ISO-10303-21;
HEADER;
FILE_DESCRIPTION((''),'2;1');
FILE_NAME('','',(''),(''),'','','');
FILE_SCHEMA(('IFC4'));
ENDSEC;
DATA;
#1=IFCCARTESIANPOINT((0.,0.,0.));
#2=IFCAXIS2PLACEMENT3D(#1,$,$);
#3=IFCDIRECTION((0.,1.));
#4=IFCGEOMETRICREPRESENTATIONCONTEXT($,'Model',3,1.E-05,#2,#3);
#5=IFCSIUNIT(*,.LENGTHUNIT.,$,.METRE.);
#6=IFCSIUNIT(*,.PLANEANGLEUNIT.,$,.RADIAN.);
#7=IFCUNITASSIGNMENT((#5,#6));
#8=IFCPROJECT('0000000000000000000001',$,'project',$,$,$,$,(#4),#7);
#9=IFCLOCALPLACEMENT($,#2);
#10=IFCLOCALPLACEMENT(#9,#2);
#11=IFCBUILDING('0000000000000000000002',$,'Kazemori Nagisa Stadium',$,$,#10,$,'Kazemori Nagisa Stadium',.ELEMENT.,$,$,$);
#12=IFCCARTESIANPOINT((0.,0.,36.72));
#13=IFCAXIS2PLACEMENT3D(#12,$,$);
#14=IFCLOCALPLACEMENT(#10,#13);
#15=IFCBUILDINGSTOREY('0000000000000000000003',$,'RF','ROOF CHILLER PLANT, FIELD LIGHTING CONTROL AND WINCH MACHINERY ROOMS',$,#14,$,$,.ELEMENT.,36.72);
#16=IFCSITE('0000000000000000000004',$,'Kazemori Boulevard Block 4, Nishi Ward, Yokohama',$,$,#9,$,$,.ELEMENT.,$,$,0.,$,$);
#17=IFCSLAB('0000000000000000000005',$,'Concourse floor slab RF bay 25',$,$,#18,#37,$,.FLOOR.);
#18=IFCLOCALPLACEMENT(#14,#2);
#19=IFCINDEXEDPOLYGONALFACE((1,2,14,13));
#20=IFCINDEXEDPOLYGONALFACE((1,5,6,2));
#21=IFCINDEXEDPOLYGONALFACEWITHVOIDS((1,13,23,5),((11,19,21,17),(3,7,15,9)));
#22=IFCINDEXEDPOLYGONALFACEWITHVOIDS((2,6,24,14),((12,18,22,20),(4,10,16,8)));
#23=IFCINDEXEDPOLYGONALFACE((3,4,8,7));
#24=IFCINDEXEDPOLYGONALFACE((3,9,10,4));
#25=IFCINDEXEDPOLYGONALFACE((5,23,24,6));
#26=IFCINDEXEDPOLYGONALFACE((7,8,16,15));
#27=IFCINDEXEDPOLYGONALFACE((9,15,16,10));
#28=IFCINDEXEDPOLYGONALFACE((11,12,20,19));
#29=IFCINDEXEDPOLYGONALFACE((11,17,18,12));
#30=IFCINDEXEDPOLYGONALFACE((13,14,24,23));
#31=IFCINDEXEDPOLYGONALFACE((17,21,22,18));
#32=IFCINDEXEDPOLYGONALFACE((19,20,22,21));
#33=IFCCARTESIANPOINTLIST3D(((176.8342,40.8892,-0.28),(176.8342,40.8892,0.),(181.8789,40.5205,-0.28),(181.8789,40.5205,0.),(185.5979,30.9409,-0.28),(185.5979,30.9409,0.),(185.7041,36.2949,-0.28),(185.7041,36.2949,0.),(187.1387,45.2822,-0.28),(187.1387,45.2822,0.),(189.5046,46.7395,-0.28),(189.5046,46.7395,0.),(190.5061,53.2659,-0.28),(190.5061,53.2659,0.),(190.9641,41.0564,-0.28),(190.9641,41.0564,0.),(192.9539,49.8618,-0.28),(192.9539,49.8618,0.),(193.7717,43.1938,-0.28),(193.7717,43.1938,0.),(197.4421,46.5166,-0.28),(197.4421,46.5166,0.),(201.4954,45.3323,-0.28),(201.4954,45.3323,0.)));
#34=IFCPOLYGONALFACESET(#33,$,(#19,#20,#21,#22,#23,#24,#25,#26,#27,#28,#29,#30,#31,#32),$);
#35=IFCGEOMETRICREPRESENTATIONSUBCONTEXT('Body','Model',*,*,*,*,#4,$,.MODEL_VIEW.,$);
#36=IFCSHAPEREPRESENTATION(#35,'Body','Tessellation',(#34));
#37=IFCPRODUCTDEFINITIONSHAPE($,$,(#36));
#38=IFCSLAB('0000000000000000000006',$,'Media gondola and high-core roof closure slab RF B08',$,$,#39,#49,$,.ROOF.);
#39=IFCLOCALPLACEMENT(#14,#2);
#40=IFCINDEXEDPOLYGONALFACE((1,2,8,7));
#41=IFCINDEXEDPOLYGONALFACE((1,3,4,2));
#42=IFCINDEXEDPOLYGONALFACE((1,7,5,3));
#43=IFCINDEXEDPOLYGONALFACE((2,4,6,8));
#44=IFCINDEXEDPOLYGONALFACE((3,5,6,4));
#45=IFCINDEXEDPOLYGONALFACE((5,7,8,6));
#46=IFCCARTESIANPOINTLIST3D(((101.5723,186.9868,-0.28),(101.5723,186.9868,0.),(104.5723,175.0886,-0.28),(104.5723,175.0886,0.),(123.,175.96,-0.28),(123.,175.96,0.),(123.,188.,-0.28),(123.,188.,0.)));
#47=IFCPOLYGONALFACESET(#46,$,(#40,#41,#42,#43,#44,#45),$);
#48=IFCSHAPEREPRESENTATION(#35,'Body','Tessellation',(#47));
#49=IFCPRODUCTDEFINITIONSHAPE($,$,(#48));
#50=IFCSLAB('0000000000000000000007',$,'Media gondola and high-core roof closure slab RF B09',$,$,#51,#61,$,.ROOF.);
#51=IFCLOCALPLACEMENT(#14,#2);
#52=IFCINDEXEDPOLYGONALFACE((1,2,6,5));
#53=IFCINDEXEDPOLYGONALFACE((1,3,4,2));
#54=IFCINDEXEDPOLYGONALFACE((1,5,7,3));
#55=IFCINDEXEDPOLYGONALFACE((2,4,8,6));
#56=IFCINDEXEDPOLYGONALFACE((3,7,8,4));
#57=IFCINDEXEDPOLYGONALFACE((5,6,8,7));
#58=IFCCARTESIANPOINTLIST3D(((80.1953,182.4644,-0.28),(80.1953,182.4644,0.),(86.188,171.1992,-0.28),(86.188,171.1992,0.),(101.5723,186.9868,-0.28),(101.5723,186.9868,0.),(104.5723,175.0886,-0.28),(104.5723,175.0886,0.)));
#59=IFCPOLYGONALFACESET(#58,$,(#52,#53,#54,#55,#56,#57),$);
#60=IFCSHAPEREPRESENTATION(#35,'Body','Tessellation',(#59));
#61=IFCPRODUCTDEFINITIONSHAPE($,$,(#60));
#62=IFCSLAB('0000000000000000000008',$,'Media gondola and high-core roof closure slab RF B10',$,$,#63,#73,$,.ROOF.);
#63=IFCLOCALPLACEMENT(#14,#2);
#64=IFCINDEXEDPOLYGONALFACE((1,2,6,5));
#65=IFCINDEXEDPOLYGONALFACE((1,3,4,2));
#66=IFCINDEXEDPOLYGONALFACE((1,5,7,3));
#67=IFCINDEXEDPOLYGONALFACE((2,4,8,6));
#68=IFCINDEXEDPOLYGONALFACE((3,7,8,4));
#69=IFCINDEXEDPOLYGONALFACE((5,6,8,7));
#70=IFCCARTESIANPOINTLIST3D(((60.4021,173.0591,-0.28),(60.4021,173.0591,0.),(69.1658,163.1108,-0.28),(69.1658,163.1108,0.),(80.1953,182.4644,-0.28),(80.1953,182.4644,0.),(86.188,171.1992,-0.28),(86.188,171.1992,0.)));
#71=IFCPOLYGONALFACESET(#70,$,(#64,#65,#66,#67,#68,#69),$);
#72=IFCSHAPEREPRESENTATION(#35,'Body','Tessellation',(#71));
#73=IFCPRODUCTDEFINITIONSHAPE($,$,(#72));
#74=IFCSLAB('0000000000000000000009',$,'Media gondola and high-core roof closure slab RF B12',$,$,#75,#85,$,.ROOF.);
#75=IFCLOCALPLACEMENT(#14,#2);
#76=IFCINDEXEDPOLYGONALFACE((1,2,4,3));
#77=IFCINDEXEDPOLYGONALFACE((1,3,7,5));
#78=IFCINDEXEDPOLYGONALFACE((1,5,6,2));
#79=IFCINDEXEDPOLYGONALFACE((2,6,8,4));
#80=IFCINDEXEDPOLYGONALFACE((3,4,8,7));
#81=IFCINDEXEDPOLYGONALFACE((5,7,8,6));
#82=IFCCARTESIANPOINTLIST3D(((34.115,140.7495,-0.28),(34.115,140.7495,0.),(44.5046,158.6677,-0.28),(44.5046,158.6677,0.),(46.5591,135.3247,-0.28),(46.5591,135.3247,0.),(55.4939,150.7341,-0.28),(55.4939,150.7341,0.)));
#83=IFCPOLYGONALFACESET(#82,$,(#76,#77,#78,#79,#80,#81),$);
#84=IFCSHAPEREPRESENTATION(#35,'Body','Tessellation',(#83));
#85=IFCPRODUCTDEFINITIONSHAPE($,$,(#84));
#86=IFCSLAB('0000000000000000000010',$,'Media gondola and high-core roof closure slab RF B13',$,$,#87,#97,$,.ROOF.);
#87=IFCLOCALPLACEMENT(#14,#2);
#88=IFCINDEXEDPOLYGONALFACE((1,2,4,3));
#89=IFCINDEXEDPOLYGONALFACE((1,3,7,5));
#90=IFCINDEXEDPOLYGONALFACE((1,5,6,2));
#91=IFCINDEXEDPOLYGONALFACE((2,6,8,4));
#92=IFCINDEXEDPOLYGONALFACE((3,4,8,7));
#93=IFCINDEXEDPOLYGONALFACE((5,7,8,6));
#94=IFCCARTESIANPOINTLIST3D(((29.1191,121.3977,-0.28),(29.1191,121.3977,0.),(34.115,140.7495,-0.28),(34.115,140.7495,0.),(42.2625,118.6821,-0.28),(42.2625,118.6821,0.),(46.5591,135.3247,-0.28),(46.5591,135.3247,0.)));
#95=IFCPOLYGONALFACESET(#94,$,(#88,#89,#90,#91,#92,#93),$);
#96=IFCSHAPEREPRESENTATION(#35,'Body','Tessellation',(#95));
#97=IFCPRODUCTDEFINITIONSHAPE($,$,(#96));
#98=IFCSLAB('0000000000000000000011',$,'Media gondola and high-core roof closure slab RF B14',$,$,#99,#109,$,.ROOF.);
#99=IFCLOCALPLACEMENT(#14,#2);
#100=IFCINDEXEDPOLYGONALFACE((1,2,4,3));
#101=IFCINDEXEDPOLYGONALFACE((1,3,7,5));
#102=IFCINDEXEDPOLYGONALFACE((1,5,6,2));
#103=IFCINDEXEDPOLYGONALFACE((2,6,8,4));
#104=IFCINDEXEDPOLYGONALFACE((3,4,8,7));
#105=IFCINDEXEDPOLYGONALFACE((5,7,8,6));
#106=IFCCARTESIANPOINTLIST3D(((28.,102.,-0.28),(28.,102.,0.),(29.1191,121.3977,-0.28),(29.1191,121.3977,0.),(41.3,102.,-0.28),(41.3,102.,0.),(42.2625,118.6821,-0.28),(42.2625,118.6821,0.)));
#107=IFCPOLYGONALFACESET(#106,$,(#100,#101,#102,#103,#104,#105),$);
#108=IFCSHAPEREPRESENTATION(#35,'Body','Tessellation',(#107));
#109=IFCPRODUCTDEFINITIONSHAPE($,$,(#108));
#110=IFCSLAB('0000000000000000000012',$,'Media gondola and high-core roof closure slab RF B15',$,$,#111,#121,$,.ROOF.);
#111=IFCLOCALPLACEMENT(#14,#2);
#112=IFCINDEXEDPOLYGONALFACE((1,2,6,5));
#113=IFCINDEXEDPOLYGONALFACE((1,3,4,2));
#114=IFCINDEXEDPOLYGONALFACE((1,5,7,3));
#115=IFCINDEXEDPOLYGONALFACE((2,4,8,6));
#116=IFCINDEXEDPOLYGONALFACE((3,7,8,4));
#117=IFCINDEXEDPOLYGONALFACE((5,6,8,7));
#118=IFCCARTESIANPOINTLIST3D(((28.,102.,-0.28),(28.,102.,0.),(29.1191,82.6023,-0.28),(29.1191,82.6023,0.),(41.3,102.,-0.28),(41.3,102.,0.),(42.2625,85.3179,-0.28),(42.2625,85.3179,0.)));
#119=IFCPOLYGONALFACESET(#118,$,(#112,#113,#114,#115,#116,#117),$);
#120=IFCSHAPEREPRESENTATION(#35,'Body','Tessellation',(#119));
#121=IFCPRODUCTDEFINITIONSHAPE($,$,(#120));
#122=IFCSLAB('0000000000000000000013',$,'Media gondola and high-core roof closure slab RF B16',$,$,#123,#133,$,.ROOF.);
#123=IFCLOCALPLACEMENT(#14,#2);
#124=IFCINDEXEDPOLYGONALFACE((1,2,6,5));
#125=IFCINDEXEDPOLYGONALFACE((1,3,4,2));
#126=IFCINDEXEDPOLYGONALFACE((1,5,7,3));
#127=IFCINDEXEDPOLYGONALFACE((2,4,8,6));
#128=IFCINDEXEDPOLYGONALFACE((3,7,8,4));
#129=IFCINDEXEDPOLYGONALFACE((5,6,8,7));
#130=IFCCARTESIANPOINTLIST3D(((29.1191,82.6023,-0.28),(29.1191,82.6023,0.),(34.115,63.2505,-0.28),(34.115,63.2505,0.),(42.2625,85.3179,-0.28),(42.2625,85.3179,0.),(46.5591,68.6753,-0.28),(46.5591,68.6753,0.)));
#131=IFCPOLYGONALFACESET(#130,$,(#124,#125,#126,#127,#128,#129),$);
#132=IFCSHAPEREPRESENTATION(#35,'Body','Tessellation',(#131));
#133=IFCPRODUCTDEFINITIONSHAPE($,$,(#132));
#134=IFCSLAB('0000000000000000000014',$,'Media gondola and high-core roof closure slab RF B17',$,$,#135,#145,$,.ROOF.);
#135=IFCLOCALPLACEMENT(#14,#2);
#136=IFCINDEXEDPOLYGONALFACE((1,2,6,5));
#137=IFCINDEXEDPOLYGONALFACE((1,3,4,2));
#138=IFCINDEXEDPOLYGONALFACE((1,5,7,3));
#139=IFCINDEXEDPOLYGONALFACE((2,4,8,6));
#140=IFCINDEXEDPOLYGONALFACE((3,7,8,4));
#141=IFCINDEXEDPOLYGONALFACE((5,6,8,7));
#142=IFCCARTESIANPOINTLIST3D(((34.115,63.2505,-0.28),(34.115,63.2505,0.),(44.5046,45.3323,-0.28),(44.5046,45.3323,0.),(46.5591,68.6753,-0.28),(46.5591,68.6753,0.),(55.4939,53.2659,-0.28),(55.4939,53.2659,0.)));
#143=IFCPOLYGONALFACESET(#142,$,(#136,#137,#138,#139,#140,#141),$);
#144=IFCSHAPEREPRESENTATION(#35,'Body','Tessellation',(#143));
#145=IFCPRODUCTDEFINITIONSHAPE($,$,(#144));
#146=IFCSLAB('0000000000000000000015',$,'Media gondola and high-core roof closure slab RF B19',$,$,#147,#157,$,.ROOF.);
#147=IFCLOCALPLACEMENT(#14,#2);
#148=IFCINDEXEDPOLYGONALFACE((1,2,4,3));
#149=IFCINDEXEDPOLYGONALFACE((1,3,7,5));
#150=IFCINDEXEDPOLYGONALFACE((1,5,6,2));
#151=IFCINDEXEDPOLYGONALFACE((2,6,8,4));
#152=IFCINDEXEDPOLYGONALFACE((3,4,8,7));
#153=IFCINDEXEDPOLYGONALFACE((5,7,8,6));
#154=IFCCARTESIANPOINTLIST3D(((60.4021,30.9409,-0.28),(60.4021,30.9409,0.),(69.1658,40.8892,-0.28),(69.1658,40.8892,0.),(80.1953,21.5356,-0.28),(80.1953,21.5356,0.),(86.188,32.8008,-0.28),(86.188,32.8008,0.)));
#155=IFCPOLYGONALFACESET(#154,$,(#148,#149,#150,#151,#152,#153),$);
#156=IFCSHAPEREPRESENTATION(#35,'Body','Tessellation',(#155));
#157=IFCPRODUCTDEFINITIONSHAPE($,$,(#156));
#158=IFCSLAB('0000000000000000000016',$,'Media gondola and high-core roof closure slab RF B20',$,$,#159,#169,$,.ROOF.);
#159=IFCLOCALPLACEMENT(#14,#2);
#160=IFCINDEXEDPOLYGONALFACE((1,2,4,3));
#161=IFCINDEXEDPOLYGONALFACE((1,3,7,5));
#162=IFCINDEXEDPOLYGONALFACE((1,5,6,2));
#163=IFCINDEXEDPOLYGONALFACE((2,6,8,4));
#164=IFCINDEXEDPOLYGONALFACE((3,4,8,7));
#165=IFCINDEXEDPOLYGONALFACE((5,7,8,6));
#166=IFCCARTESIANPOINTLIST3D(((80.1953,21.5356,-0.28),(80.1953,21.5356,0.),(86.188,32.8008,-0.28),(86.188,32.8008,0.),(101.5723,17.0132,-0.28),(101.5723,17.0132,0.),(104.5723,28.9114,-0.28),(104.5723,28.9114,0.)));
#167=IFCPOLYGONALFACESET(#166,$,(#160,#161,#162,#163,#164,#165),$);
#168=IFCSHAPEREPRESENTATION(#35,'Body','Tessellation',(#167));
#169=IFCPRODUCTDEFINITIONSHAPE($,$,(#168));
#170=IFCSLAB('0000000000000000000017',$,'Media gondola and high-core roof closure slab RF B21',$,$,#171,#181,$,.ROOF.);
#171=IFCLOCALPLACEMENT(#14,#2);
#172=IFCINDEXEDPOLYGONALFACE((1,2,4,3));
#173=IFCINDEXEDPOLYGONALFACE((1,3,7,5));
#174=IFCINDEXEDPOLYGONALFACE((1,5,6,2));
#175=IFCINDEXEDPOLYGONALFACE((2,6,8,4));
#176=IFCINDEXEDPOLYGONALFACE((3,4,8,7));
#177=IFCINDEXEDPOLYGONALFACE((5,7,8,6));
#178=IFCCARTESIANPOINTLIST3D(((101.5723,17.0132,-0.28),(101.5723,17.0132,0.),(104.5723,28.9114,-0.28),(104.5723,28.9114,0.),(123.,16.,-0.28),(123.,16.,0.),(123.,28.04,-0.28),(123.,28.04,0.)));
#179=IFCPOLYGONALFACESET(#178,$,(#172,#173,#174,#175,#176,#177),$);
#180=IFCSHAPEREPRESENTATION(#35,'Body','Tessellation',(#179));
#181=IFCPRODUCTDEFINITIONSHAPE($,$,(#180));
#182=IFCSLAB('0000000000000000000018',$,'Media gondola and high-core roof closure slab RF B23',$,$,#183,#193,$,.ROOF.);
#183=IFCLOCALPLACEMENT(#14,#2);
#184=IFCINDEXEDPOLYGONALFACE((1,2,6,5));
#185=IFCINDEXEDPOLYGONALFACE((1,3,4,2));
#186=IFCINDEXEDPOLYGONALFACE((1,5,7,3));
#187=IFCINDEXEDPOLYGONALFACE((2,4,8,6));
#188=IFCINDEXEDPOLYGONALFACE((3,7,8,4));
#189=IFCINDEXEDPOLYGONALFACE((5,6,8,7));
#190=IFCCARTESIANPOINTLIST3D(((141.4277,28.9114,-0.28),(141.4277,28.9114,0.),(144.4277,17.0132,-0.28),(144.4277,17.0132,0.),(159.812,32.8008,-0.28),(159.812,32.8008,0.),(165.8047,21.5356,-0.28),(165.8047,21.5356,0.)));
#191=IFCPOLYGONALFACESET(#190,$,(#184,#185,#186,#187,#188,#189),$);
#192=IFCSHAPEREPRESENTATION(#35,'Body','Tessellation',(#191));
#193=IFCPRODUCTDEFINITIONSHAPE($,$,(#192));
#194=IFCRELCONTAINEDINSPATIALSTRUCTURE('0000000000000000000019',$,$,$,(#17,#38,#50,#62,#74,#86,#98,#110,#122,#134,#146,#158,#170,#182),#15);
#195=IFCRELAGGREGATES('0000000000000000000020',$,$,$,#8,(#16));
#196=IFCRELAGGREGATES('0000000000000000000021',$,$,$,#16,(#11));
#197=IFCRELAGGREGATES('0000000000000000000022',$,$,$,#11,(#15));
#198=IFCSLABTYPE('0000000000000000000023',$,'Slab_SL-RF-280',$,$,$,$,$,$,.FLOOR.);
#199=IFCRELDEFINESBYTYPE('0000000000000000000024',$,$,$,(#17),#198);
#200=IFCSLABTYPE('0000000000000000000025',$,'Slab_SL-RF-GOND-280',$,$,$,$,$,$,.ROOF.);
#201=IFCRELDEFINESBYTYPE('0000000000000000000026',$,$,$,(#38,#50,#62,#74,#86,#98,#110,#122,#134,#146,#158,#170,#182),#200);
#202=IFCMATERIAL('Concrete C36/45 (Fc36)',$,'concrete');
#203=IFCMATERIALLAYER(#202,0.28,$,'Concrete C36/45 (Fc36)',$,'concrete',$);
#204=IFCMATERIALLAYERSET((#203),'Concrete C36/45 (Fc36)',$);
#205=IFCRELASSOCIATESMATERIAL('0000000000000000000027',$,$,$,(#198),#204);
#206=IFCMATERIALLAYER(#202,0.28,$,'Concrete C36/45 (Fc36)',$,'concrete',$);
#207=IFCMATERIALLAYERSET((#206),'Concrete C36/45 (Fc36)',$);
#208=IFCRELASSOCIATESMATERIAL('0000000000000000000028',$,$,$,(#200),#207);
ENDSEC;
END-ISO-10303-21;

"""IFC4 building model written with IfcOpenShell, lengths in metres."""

from ifc_helpers import new_model, si_unit, direction, frame, origin, place, context, subcontext, project, spatial, polyline, outline, extrude, material, layer, layer_set, type_object, element, save


model = new_model("IFC4")

# Units and contexts
model_context = context("Model", 3, precision=1e-05, world=origin(), true_north=direction((0.0, 1.0)))
body_context = subcontext(model_context, "Body", "Model", "MODEL_VIEW")
ifc_project = project(units=[si_unit("LENGTHUNIT", "METRE"), si_unit("PLANEANGLEUNIT", "RADIAN")], contexts=[model_context])

# Site, building, storey
site_placement = place(None, origin())
site = spatial("IfcSite", under=ifc_project, at=site_placement, Name="Kazemori Boulevard Block 4, Nishi Ward, Yokohama", CompositionType="ELEMENT", RefElevation=0.0)
building_placement = place(site_placement, origin())
building = spatial("IfcBuilding", under=site, at=building_placement, Name="Kazemori Nagisa Stadium", LongName="Kazemori Nagisa Stadium", CompositionType="ELEMENT")
storey_placement = place(building_placement, frame((0.0, 0.0, 36.72)))
storey = spatial("IfcBuildingStorey", under=building, at=storey_placement, Name="RF", Description="ROOF CHILLER PLANT, FIELD LIGHTING CONTROL AND WINCH MACHINERY ROOMS", CompositionType="ELEMENT", Elevation=36.72)

# Shared definitions
ifc_material_1 = material(Name="Concrete C36/45 (Fc36)", Category="concrete")

# Slabs
ifc_layer_1 = layer(ifc_material_1, 0.28, Name="Concrete C36/45 (Fc36)", Category="concrete")
ifc_layer_set_1 = layer_set([ifc_layer_1], Name="Concrete C36/45 (Fc36)")
slab_type_1 = type_object("IfcSlabType", Name="Slab_SL-RF-280", PredefinedType="FLOOR", material=ifc_layer_set_1)
slab_1_placement = place(storey_placement, frame((0.0, 0.0, -0.28)))
element("IfcSlab", 1, at=slab_1_placement, inside=storey, type_object=slab_type_1, Name="Concourse floor slab RF bay 25", PredefinedType="FLOOR", context=body_context, shape_type="SweptSolid", body=[
    extrude(outline(polyline([(176.8342, 40.8892), (190.5061, 53.2659), (201.4954, 45.3323), (185.5979, 30.9409), (176.8342, 40.8892)]), holes=[polyline([(181.8789, 40.5205), (187.1387, 45.2822), (190.9641, 41.0564), (185.7041, 36.2949), (181.8789, 40.5205)]), polyline([(189.5046, 46.7395), (192.9539, 49.8618), (197.4421, 46.5166), (193.7717, 43.1938), (189.5046, 46.7395)])]), origin(), (0.0, 0.0, 1.0), 0.28),
])
ifc_layer_2 = layer(ifc_material_1, 0.28, Name="Concrete C36/45 (Fc36)", Category="concrete")
ifc_layer_set_2 = layer_set([ifc_layer_2], Name="Concrete C36/45 (Fc36)")
slab_type_2 = type_object("IfcSlabType", Name="Slab_SL-RF-GOND-280", PredefinedType="ROOF", material=ifc_layer_set_2)
slab_2_placement = place(storey_placement, frame((0.0, 0.0, -0.28)))
element("IfcSlab", 2, at=slab_2_placement, inside=storey, type_object=slab_type_2, Name="Media gondola and high-core roof closure slab RF B08", PredefinedType="ROOF", context=body_context, shape_type="SweptSolid", body=[
    extrude(outline(polyline([(123.0, 175.96), (104.5723, 175.0886), (101.5723, 186.9868), (123.0, 188.0), (123.0, 175.96)])), origin(), (0.0, 0.0, 1.0), 0.28),
])
slab_3_placement = place(storey_placement, frame((0.0, 0.0, -0.28)))
element("IfcSlab", 3, at=slab_3_placement, inside=storey, type_object=slab_type_2, Name="Media gondola and high-core roof closure slab RF B09", PredefinedType="ROOF", context=body_context, shape_type="SweptSolid", body=[
    extrude(outline(polyline([(104.5723, 175.0886), (86.188, 171.1992), (80.1953, 182.4644), (101.5723, 186.9868), (104.5723, 175.0886)])), origin(), (0.0, 0.0, 1.0), 0.28),
])
slab_4_placement = place(storey_placement, frame((0.0, 0.0, -0.28)))
element("IfcSlab", 4, at=slab_4_placement, inside=storey, type_object=slab_type_2, Name="Media gondola and high-core roof closure slab RF B10", PredefinedType="ROOF", context=body_context, shape_type="SweptSolid", body=[
    extrude(outline(polyline([(86.188, 171.1992), (69.1658, 163.1108), (60.4021, 173.0591), (80.1953, 182.4644), (86.188, 171.1992)])), origin(), (0.0, 0.0, 1.0), 0.28),
])
slab_5_placement = place(storey_placement, frame((0.0, 0.0, -0.28)))
element("IfcSlab", 5, at=slab_5_placement, inside=storey, type_object=slab_type_2, Name="Media gondola and high-core roof closure slab RF B12", PredefinedType="ROOF", context=body_context, shape_type="SweptSolid", body=[
    extrude(outline(polyline([(55.4939, 150.7341), (46.5591, 135.3247), (34.115, 140.7495), (44.5046, 158.6677), (55.4939, 150.7341)])), origin(), (0.0, 0.0, 1.0), 0.28),
])
slab_6_placement = place(storey_placement, frame((0.0, 0.0, -0.28)))
element("IfcSlab", 6, at=slab_6_placement, inside=storey, type_object=slab_type_2, Name="Media gondola and high-core roof closure slab RF B13", PredefinedType="ROOF", context=body_context, shape_type="SweptSolid", body=[
    extrude(outline(polyline([(46.5591, 135.3247), (42.2625, 118.6821), (29.1191, 121.3977), (34.115, 140.7495), (46.5591, 135.3247)])), origin(), (0.0, 0.0, 1.0), 0.28),
])
slab_7_placement = place(storey_placement, frame((0.0, 0.0, -0.28)))
element("IfcSlab", 7, at=slab_7_placement, inside=storey, type_object=slab_type_2, Name="Media gondola and high-core roof closure slab RF B14", PredefinedType="ROOF", context=body_context, shape_type="SweptSolid", body=[
    extrude(outline(polyline([(42.2625, 118.6821), (41.3, 102.0), (28.0, 102.0), (29.1191, 121.3977), (42.2625, 118.6821)])), origin(), (0.0, 0.0, 1.0), 0.28),
])
slab_8_placement = place(storey_placement, frame((0.0, 0.0, -0.28)))
element("IfcSlab", 8, at=slab_8_placement, inside=storey, type_object=slab_type_2, Name="Media gondola and high-core roof closure slab RF B15", PredefinedType="ROOF", context=body_context, shape_type="SweptSolid", body=[
    extrude(outline(polyline([(41.3, 102.0), (42.2625, 85.3179), (29.1191, 82.6023), (28.0, 102.0), (41.3, 102.0)])), origin(), (0.0, 0.0, 1.0), 0.28),
])
slab_9_placement = place(storey_placement, frame((0.0, 0.0, -0.28)))
element("IfcSlab", 9, at=slab_9_placement, inside=storey, type_object=slab_type_2, Name="Media gondola and high-core roof closure slab RF B16", PredefinedType="ROOF", context=body_context, shape_type="SweptSolid", body=[
    extrude(outline(polyline([(42.2625, 85.3179), (46.5591, 68.6753), (34.115, 63.2505), (29.1191, 82.6023), (42.2625, 85.3179)])), origin(), (0.0, 0.0, 1.0), 0.28),
])
slab_10_placement = place(storey_placement, frame((0.0, 0.0, -0.28)))
element("IfcSlab", 10, at=slab_10_placement, inside=storey, type_object=slab_type_2, Name="Media gondola and high-core roof closure slab RF B17", PredefinedType="ROOF", context=body_context, shape_type="SweptSolid", body=[
    extrude(outline(polyline([(46.5591, 68.6753), (55.4939, 53.2659), (44.5046, 45.3323), (34.115, 63.2505), (46.5591, 68.6753)])), origin(), (0.0, 0.0, 1.0), 0.28),
])
slab_11_placement = place(storey_placement, frame((0.0, 0.0, -0.28)))
element("IfcSlab", 11, at=slab_11_placement, inside=storey, type_object=slab_type_2, Name="Media gondola and high-core roof closure slab RF B19", PredefinedType="ROOF", context=body_context, shape_type="SweptSolid", body=[
    extrude(outline(polyline([(69.1658, 40.8892), (86.188, 32.8008), (80.1953, 21.5356), (60.4021, 30.9409), (69.1658, 40.8892)])), origin(), (0.0, 0.0, 1.0), 0.28),
])
slab_12_placement = place(storey_placement, frame((0.0, 0.0, -0.28)))
element("IfcSlab", 12, at=slab_12_placement, inside=storey, type_object=slab_type_2, Name="Media gondola and high-core roof closure slab RF B20", PredefinedType="ROOF", context=body_context, shape_type="SweptSolid", body=[
    extrude(outline(polyline([(86.188, 32.8008), (104.5723, 28.9114), (101.5723, 17.0132), (80.1953, 21.5356), (86.188, 32.8008)])), origin(), (0.0, 0.0, 1.0), 0.28),
])
slab_13_placement = place(storey_placement, frame((0.0, 0.0, -0.28)))
element("IfcSlab", 13, at=slab_13_placement, inside=storey, type_object=slab_type_2, Name="Media gondola and high-core roof closure slab RF B21", PredefinedType="ROOF", context=body_context, shape_type="SweptSolid", body=[
    extrude(outline(polyline([(104.5723, 28.9114), (123.0, 28.04), (123.0, 16.0), (101.5723, 17.0132), (104.5723, 28.9114)])), origin(), (0.0, 0.0, 1.0), 0.28),
])
slab_14_placement = place(storey_placement, frame((0.0, 0.0, -0.28)))
element("IfcSlab", 14, at=slab_14_placement, inside=storey, type_object=slab_type_2, Name="Media gondola and high-core roof closure slab RF B23", PredefinedType="ROOF", context=body_context, shape_type="SweptSolid", body=[
    extrude(outline(polyline([(141.4277, 28.9114), (159.812, 32.8008), (165.8047, 21.5356), (144.4277, 17.0132), (141.4277, 28.9114)])), origin(), (0.0, 0.0, 1.0), 0.28),
])

save(model, "model.ifc")
